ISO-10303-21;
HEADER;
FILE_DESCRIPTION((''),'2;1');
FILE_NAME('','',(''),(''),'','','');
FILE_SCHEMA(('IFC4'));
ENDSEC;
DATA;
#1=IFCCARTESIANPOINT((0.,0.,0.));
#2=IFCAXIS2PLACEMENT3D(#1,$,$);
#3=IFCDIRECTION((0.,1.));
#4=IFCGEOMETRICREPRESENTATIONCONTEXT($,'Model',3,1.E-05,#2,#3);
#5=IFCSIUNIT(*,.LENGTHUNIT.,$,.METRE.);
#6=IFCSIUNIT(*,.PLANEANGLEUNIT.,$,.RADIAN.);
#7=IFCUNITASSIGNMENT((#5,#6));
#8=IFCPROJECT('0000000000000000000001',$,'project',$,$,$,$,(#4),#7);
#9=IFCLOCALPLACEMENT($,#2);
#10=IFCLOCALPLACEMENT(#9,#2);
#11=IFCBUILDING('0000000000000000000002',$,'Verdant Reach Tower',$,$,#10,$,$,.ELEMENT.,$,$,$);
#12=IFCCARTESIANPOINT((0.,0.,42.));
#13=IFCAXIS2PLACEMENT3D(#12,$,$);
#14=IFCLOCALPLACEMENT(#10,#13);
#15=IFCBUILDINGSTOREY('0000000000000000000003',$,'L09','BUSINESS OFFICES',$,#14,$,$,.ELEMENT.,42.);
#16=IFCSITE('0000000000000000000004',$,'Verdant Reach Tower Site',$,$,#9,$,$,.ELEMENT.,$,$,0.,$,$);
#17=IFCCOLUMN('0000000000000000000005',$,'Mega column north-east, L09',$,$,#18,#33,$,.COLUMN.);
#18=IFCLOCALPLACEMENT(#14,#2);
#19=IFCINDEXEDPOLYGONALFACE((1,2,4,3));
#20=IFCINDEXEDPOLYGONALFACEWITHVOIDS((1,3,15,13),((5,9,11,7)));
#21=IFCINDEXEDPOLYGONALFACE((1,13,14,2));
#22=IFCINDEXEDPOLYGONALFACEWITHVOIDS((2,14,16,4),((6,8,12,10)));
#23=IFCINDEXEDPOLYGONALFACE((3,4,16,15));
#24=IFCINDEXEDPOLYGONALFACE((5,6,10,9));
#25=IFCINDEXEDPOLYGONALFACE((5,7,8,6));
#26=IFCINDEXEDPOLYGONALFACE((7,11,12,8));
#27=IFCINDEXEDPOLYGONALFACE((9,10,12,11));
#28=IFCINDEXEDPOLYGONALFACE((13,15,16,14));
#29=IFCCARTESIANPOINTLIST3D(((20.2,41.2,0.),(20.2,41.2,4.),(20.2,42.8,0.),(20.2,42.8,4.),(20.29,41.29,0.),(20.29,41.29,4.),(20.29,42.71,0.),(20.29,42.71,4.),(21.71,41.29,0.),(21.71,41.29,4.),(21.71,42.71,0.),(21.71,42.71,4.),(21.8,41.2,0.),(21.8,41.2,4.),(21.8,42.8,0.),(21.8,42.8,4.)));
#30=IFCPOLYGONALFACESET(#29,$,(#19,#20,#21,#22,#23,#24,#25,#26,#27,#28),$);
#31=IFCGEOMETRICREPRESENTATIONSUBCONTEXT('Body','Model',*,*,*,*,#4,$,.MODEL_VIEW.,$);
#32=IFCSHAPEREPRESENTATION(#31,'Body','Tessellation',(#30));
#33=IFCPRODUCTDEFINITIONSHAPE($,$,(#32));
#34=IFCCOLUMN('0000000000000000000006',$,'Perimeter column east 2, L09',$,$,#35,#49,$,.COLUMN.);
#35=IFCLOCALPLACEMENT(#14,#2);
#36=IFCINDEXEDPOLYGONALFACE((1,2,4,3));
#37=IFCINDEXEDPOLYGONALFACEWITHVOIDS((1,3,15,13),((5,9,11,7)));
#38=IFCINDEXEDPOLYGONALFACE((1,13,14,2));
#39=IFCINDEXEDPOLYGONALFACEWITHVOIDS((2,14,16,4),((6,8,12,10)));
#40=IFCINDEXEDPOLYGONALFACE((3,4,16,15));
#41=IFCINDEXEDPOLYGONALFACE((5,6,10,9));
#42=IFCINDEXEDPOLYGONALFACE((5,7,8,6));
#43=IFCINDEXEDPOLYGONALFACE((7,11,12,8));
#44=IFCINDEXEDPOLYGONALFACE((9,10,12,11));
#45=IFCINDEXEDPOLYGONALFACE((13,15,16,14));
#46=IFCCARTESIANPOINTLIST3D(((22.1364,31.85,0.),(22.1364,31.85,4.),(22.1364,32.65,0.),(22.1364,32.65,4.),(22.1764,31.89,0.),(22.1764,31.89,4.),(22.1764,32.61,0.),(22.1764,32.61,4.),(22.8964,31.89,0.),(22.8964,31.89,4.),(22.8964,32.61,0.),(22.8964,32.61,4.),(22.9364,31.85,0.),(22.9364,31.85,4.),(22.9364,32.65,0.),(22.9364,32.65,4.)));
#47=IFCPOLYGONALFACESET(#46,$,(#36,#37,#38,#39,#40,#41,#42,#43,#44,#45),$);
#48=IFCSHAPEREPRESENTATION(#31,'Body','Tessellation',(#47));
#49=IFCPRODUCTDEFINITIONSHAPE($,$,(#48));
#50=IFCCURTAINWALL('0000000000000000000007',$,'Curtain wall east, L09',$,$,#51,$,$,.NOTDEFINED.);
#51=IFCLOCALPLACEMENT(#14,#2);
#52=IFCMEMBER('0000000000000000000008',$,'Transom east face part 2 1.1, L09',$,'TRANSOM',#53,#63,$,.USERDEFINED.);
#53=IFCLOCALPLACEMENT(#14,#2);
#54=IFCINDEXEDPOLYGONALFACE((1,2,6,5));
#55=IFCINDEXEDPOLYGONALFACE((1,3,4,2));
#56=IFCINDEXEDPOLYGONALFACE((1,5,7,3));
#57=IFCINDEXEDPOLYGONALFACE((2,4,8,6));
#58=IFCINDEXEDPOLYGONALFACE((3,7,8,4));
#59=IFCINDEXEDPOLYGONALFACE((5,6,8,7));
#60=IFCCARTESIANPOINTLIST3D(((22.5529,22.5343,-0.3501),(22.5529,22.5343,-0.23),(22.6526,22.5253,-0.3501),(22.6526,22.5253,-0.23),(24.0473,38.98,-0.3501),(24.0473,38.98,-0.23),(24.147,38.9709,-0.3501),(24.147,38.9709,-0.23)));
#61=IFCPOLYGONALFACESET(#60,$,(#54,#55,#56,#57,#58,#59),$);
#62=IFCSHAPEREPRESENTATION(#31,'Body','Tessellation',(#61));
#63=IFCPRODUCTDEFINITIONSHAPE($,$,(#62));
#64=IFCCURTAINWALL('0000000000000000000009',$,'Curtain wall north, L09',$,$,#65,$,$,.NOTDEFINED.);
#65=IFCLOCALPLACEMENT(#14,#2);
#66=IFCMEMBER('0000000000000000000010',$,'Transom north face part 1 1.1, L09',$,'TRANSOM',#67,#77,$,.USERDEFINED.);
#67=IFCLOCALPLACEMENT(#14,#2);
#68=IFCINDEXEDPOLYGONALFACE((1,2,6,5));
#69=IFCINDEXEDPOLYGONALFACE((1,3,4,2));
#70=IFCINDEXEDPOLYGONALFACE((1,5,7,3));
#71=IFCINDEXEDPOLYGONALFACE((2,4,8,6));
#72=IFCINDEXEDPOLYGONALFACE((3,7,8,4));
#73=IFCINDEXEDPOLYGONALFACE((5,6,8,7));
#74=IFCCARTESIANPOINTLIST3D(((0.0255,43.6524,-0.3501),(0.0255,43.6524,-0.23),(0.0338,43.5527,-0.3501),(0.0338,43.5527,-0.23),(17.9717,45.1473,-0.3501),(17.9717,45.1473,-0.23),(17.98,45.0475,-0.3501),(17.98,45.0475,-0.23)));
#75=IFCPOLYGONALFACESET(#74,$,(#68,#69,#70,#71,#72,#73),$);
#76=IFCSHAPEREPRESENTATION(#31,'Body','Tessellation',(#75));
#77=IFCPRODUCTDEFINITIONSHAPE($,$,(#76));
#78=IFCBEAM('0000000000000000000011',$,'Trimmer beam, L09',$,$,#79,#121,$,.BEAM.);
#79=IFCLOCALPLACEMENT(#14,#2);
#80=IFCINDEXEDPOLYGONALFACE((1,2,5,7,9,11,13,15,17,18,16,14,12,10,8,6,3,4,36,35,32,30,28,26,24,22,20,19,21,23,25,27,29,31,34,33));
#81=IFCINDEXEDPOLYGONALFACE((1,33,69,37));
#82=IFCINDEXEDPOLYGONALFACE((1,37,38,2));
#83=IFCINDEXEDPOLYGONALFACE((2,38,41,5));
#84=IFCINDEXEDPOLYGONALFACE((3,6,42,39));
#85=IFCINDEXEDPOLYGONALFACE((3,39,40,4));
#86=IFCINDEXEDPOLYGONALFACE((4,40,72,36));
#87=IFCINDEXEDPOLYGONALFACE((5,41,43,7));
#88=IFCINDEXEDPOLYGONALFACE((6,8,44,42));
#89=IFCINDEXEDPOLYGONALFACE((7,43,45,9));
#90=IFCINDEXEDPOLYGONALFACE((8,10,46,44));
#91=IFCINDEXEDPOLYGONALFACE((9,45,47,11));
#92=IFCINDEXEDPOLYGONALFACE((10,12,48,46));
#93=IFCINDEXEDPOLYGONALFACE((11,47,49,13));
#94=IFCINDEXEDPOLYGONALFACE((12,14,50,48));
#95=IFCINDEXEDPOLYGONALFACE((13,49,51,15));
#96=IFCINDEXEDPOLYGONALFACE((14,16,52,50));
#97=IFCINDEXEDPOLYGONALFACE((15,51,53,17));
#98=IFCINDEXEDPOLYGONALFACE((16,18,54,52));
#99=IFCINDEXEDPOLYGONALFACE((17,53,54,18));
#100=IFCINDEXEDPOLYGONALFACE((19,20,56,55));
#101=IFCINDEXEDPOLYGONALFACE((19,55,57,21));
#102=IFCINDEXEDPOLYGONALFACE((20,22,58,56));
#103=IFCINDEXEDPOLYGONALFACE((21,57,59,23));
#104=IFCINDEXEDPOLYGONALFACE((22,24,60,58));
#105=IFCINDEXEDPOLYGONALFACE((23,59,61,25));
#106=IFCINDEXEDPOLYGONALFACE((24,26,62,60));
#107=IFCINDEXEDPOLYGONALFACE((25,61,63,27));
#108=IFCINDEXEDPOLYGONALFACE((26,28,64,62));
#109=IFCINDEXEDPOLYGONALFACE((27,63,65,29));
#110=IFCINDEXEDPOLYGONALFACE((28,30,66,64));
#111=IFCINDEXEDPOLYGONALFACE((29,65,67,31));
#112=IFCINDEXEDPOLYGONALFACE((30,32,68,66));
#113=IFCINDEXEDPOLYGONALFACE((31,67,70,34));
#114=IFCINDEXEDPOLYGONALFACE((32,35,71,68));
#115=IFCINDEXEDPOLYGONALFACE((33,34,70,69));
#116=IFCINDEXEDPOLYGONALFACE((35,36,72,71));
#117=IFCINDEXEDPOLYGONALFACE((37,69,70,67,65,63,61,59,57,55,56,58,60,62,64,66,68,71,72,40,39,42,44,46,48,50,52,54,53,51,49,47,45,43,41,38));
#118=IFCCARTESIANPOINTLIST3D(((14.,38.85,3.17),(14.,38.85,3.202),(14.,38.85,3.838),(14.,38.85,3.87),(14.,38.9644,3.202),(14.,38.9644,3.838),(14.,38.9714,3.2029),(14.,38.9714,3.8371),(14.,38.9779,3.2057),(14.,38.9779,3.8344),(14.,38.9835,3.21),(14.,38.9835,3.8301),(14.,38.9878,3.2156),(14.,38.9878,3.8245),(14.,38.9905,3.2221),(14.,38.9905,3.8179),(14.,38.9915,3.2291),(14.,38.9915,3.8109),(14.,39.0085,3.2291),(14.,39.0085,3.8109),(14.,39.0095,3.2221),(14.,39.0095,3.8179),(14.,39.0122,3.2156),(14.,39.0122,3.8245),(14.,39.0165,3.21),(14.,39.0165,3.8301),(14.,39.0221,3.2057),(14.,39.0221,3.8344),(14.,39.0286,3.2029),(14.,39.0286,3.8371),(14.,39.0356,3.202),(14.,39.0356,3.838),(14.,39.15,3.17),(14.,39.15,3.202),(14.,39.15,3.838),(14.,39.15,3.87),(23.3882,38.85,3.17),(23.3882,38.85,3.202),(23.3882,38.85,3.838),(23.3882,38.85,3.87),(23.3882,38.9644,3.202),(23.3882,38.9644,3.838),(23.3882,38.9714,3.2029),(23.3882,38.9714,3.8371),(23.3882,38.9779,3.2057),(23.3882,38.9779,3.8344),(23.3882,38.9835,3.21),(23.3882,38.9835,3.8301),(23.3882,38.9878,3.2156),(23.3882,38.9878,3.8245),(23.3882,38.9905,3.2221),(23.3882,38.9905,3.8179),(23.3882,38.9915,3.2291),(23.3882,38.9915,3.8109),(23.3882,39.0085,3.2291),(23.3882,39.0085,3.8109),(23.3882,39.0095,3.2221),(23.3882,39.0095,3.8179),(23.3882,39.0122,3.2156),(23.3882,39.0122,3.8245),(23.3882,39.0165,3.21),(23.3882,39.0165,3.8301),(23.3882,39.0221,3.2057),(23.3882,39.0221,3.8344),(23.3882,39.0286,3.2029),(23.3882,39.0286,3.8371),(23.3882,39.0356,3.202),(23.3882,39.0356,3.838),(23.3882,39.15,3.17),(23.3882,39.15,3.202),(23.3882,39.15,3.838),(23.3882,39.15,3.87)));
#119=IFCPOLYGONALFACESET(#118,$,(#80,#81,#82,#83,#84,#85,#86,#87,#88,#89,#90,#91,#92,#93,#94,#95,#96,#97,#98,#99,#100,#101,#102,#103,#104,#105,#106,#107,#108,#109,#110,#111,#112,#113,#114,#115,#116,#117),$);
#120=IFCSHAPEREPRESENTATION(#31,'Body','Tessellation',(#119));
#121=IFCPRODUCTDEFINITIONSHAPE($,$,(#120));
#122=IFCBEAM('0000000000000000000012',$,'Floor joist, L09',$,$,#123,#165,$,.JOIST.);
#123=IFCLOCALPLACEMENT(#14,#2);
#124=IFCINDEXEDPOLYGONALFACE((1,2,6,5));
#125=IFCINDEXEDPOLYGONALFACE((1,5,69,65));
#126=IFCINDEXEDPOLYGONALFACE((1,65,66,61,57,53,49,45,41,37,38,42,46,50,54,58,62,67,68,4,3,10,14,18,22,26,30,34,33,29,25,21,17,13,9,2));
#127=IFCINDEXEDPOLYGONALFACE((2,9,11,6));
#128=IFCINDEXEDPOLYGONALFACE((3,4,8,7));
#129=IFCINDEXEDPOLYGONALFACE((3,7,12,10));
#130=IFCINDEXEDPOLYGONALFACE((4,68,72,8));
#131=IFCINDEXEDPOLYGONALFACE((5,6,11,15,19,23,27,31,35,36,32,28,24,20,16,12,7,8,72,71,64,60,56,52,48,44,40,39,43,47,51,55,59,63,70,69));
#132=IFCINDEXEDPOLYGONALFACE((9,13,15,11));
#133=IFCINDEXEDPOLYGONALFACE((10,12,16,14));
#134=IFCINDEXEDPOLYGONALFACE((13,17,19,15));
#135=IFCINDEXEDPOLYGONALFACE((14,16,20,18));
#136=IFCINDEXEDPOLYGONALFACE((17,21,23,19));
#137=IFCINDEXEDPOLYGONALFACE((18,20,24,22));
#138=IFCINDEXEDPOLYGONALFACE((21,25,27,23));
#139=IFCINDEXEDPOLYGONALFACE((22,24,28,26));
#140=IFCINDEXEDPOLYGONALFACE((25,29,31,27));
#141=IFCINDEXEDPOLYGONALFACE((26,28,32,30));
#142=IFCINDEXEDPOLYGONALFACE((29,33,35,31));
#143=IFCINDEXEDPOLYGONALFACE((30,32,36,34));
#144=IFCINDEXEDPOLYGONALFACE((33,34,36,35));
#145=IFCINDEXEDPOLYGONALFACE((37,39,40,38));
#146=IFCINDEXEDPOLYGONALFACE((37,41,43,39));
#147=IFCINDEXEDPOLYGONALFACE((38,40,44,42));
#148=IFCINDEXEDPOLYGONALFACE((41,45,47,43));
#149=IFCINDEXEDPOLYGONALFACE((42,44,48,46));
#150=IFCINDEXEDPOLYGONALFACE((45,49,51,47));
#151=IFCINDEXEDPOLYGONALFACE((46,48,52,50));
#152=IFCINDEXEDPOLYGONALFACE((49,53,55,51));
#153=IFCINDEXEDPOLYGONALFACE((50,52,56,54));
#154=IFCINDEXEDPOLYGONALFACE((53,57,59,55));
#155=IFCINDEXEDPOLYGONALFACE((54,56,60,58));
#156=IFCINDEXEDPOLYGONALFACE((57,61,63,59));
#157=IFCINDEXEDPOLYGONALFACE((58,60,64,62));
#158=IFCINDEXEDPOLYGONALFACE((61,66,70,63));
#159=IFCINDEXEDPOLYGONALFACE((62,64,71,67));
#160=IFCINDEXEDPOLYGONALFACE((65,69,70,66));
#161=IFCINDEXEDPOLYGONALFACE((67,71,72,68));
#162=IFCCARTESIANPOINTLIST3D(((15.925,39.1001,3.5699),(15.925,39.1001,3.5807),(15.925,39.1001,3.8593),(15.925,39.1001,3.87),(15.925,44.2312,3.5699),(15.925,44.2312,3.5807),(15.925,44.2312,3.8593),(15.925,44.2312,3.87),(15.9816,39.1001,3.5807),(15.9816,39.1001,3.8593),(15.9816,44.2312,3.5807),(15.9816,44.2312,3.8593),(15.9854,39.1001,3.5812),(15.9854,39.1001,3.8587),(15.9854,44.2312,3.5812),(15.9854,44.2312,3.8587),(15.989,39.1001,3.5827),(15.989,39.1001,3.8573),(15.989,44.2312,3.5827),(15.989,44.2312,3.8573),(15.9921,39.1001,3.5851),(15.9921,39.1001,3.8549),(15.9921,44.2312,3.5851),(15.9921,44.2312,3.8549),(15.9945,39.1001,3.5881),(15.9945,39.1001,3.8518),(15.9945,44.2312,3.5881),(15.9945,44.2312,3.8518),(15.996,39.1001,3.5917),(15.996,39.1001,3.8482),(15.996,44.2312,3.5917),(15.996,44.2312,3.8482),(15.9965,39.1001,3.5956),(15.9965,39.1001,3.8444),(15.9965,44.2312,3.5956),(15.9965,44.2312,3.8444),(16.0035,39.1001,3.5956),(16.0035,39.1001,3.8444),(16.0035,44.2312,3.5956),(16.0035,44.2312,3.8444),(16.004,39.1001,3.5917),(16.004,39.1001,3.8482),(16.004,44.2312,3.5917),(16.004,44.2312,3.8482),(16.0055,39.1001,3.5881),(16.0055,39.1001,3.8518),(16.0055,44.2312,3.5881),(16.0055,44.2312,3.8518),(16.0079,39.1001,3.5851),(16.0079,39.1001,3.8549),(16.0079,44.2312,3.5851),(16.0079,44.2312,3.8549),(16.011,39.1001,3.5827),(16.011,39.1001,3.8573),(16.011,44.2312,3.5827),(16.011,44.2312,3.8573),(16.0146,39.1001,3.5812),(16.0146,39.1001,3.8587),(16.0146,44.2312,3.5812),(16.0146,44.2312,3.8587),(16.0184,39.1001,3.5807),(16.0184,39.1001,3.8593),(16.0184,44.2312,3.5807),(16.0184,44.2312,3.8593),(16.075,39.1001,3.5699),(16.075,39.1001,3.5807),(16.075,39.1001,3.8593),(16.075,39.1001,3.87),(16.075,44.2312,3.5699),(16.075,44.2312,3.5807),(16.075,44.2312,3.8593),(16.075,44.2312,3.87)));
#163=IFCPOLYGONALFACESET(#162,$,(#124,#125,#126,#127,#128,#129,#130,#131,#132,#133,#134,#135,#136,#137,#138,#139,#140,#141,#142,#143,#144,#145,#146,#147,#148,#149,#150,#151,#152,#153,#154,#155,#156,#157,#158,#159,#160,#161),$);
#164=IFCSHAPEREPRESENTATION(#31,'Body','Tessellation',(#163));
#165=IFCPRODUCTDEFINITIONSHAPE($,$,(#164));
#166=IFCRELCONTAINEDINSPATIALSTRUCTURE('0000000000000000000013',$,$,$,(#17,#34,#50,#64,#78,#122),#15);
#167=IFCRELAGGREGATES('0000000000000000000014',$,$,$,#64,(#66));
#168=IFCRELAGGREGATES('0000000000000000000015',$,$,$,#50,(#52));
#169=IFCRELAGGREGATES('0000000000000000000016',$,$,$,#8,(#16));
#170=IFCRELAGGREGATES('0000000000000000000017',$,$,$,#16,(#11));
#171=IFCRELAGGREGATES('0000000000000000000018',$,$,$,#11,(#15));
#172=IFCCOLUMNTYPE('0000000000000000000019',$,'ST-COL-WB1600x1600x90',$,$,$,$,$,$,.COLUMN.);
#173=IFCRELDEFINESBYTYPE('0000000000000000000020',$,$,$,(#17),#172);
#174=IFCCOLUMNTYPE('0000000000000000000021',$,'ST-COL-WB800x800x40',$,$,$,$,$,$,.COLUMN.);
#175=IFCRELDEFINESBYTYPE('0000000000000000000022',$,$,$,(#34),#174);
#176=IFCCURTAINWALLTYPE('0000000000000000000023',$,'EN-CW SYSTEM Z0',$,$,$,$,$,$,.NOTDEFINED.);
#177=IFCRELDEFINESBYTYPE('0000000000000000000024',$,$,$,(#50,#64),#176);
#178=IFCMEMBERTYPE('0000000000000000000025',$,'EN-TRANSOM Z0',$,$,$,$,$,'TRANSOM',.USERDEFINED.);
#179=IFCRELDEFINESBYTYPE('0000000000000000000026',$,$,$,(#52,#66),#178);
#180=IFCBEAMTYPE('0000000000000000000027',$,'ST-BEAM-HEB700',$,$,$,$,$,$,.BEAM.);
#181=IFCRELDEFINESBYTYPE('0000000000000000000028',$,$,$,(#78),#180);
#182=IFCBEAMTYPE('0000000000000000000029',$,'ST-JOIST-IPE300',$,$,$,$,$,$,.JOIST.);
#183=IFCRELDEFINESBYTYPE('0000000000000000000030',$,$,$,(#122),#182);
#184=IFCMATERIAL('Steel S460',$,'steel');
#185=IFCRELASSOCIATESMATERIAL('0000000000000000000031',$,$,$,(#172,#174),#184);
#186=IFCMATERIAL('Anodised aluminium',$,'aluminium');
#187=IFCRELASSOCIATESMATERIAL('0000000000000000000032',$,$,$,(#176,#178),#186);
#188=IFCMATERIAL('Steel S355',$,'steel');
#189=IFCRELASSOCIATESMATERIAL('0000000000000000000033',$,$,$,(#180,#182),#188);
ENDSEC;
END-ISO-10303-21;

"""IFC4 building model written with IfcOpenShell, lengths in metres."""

from ifc_helpers import new_model, si_unit, direction, frame, origin, origin_2d, place, context, subcontext, project, spatial, rectangle, hollow_rectangle, i_section, extrude, material, material_profile, profile_set, type_object, element, aggregate, save


model = new_model("IFC4")

# Units and contexts
model_context = context("Model", 3, precision=1e-05, world=origin(), true_north=direction((0.0, 1.0)))
body_context = subcontext(model_context, "Body", "Model", "MODEL_VIEW")
ifc_project = project(units=[si_unit("LENGTHUNIT", "METRE"), si_unit("PLANEANGLEUNIT", "RADIAN")], contexts=[model_context])

# Site, building, storey
site_placement = place(None, origin())
site = spatial("IfcSite", under=ifc_project, at=site_placement, Name="Verdant Reach Tower Site", CompositionType="ELEMENT", RefElevation=0.0)
building_placement = place(site_placement, origin())
building = spatial("IfcBuilding", under=site, at=building_placement, Name="Verdant Reach Tower", CompositionType="ELEMENT")
storey_placement = place(building_placement, frame((0.0, 0.0, 42.0)))
storey = spatial("IfcBuildingStorey", under=building, at=storey_placement, Name="L09", Description="BUSINESS OFFICES", CompositionType="ELEMENT", Elevation=42.0)

# Columns
ifc_material_1 = material(Name="Steel S460", Category="steel")
ifc_material_profile_1 = material_profile(ifc_material_1, hollow_rectangle(XDim=1.6001, YDim=1.6001, WallThickness=0.0901, at=origin_2d()), Name="WB 1600x1600x90")
ifc_profile_set_1 = profile_set([ifc_material_profile_1], Name="Steel S460")
column_type_1 = type_object("IfcColumnType", Name="ST-COL-WB1600x1600x90", PredefinedType="COLUMN", material=ifc_profile_set_1)
column_1_placement = place(storey_placement, frame((21.0, 42.0, 0.0), z_axis=(0.0, 0.0, 1.0), x_axis=(1.0, 0.0, 0.0)))
element("IfcColumn", 1, at=column_1_placement, inside=storey, type_object=column_type_1, Name="Mega column north-east, L09", PredefinedType="COLUMN", context=body_context, shape_type="SweptSolid", body=[
    extrude(hollow_rectangle(XDim=1.6001, YDim=1.6001, WallThickness=0.0901, at=origin_2d()), origin(), (0.0, 0.0, 1.0), 4.0),
])
ifc_material_profile_2 = material_profile(ifc_material_1, hollow_rectangle(XDim=0.8, YDim=0.8, WallThickness=0.04, at=origin_2d()), Name="WB 800x800x40")
ifc_profile_set_2 = profile_set([ifc_material_profile_2], Name="Steel S460")
column_type_2 = type_object("IfcColumnType", Name="ST-COL-WB800x800x40", PredefinedType="COLUMN", material=ifc_profile_set_2)
column_2_placement = place(storey_placement, frame((22.5364, 32.25, 0.0), z_axis=(0.0, 0.0, 1.0), x_axis=(1.0, 0.0, 0.0)))
element("IfcColumn", 2, at=column_2_placement, inside=storey, type_object=column_type_2, Name="Perimeter column east 2, L09", PredefinedType="COLUMN", context=body_context, shape_type="SweptSolid", body=[
    extrude(hollow_rectangle(XDim=0.8, YDim=0.8, WallThickness=0.04, at=origin_2d()), origin(), (0.0, 0.0, 1.0), 4.0),
])

# Curtain walls, members
ifc_material_2 = material(Name="Anodised aluminium", Category="aluminium")
curtain_wall_type = type_object("IfcCurtainWallType", Name="EN-CW SYSTEM Z0", PredefinedType="NOTDEFINED", material=ifc_material_2)
curtain_wall_1_placement = place(storey_placement, origin())
curtain_wall_1 = element("IfcCurtainWall", 3, at=curtain_wall_1_placement, inside=storey, type_object=curtain_wall_type, Name="Curtain wall east, L09", PredefinedType="NOTDEFINED")
ifc_material_profile_3 = material_profile(ifc_material_2, rectangle(XDim=0.1001, YDim=0.1201, at=origin_2d()), Name="Transom 120x100")
ifc_profile_set_3 = profile_set([ifc_material_profile_3], Name="Anodised aluminium")
member_type = type_object("IfcMemberType", Name="EN-TRANSOM Z0", ElementType="TRANSOM", PredefinedType="USERDEFINED", material=ifc_profile_set_3)
member_1_placement = place(storey_placement, frame((22.6028, 22.5298, -0.29), z_axis=(0.090496, 0.995897, 0.0), x_axis=(-0.995897, 0.090496, 0.0)))
member_1 = element("IfcMember", 4, at=member_1_placement, type_object=member_type, Name="Transom east face part 2 1.1, L09", ObjectType="TRANSOM", PredefinedType="USERDEFINED", context=body_context, shape_type="SweptSolid", body=[
    extrude(rectangle(XDim=0.1001, YDim=0.1201, at=origin_2d()), origin(), (0.0, 0.0, 1.0), 16.5134),
])
curtain_wall_2_placement = place(storey_placement, origin())
curtain_wall_2 = element("IfcCurtainWall", 5, at=curtain_wall_2_placement, inside=storey, type_object=curtain_wall_type, Name="Curtain wall north, L09", PredefinedType="NOTDEFINED")
member_2_placement = place(storey_placement, frame((17.9758, 45.0974, -0.29), z_axis=(-0.996549, -0.083011, 0.0), x_axis=(0.083011, -0.996549, 0.0)))
member_2 = element("IfcMember", 6, at=member_2_placement, type_object=member_type, Name="Transom north face part 1 1.1, L09", ObjectType="TRANSOM", PredefinedType="USERDEFINED", context=body_context, shape_type="SweptSolid", body=[
    extrude(rectangle(XDim=0.1001, YDim=0.1201, at=origin_2d()), origin(), (0.0, 0.0, 1.0), 18.0083),
])

# Beams
ifc_material_3 = material(Name="Steel S355", Category="steel")
ifc_material_profile_4 = material_profile(ifc_material_3, i_section(OverallWidth=0.3, OverallDepth=0.7, WebThickness=0.0171, FlangeThickness=0.032, FilletRadius=0.0271, at=origin_2d()), Name="HEB 700")
ifc_profile_set_4 = profile_set([ifc_material_profile_4], Name="Steel S355")
beam_type_1 = type_object("IfcBeamType", Name="ST-BEAM-HEB700", PredefinedType="BEAM", material=ifc_profile_set_4)
beam_1_placement = place(storey_placement, frame((14.0, 39.0, 3.52), z_axis=(1.0, 0.0, 0.0), x_axis=(0.0, 1.0, 0.0)))
element("IfcBeam", 7, at=beam_1_placement, inside=storey, type_object=beam_type_1, Name="Trimmer beam, L09", PredefinedType="BEAM", context=body_context, shape_type="SweptSolid", body=[
    extrude(i_section(OverallWidth=0.3, OverallDepth=0.7, WebThickness=0.0171, FlangeThickness=0.032, FilletRadius=0.0271, at=origin_2d()), origin(), (0.0, 0.0, 1.0), 9.3882),
])
ifc_material_profile_5 = material_profile(ifc_material_3, i_section(OverallWidth=0.1499, OverallDepth=0.3, WebThickness=0.0071, FlangeThickness=0.0107, FilletRadius=0.0149, at=origin_2d()), Name="IPE 300")
ifc_profile_set_5 = profile_set([ifc_material_profile_5], Name="Steel S355")
beam_type_2 = type_object("IfcBeamType", Name="ST-JOIST-IPE300", PredefinedType="JOIST", material=ifc_profile_set_5)
beam_2_placement = place(storey_placement, frame((16.0, 39.1001, 3.72), z_axis=(0.0, 1.0, 0.0), x_axis=(-1.0, 0.0, 0.0)))
element("IfcBeam", 8, at=beam_2_placement, inside=storey, type_object=beam_type_2, Name="Floor joist, L09", PredefinedType="JOIST", context=body_context, shape_type="SweptSolid", body=[
    extrude(i_section(OverallWidth=0.1499, OverallDepth=0.3, WebThickness=0.0071, FlangeThickness=0.0107, FilletRadius=0.0149, at=origin_2d()), origin(), (0.0, 0.0, 1.0), 5.1311),
])

aggregate(curtain_wall_2, [member_2])
aggregate(curtain_wall_1, [member_1])

save(model, "model.ifc")
